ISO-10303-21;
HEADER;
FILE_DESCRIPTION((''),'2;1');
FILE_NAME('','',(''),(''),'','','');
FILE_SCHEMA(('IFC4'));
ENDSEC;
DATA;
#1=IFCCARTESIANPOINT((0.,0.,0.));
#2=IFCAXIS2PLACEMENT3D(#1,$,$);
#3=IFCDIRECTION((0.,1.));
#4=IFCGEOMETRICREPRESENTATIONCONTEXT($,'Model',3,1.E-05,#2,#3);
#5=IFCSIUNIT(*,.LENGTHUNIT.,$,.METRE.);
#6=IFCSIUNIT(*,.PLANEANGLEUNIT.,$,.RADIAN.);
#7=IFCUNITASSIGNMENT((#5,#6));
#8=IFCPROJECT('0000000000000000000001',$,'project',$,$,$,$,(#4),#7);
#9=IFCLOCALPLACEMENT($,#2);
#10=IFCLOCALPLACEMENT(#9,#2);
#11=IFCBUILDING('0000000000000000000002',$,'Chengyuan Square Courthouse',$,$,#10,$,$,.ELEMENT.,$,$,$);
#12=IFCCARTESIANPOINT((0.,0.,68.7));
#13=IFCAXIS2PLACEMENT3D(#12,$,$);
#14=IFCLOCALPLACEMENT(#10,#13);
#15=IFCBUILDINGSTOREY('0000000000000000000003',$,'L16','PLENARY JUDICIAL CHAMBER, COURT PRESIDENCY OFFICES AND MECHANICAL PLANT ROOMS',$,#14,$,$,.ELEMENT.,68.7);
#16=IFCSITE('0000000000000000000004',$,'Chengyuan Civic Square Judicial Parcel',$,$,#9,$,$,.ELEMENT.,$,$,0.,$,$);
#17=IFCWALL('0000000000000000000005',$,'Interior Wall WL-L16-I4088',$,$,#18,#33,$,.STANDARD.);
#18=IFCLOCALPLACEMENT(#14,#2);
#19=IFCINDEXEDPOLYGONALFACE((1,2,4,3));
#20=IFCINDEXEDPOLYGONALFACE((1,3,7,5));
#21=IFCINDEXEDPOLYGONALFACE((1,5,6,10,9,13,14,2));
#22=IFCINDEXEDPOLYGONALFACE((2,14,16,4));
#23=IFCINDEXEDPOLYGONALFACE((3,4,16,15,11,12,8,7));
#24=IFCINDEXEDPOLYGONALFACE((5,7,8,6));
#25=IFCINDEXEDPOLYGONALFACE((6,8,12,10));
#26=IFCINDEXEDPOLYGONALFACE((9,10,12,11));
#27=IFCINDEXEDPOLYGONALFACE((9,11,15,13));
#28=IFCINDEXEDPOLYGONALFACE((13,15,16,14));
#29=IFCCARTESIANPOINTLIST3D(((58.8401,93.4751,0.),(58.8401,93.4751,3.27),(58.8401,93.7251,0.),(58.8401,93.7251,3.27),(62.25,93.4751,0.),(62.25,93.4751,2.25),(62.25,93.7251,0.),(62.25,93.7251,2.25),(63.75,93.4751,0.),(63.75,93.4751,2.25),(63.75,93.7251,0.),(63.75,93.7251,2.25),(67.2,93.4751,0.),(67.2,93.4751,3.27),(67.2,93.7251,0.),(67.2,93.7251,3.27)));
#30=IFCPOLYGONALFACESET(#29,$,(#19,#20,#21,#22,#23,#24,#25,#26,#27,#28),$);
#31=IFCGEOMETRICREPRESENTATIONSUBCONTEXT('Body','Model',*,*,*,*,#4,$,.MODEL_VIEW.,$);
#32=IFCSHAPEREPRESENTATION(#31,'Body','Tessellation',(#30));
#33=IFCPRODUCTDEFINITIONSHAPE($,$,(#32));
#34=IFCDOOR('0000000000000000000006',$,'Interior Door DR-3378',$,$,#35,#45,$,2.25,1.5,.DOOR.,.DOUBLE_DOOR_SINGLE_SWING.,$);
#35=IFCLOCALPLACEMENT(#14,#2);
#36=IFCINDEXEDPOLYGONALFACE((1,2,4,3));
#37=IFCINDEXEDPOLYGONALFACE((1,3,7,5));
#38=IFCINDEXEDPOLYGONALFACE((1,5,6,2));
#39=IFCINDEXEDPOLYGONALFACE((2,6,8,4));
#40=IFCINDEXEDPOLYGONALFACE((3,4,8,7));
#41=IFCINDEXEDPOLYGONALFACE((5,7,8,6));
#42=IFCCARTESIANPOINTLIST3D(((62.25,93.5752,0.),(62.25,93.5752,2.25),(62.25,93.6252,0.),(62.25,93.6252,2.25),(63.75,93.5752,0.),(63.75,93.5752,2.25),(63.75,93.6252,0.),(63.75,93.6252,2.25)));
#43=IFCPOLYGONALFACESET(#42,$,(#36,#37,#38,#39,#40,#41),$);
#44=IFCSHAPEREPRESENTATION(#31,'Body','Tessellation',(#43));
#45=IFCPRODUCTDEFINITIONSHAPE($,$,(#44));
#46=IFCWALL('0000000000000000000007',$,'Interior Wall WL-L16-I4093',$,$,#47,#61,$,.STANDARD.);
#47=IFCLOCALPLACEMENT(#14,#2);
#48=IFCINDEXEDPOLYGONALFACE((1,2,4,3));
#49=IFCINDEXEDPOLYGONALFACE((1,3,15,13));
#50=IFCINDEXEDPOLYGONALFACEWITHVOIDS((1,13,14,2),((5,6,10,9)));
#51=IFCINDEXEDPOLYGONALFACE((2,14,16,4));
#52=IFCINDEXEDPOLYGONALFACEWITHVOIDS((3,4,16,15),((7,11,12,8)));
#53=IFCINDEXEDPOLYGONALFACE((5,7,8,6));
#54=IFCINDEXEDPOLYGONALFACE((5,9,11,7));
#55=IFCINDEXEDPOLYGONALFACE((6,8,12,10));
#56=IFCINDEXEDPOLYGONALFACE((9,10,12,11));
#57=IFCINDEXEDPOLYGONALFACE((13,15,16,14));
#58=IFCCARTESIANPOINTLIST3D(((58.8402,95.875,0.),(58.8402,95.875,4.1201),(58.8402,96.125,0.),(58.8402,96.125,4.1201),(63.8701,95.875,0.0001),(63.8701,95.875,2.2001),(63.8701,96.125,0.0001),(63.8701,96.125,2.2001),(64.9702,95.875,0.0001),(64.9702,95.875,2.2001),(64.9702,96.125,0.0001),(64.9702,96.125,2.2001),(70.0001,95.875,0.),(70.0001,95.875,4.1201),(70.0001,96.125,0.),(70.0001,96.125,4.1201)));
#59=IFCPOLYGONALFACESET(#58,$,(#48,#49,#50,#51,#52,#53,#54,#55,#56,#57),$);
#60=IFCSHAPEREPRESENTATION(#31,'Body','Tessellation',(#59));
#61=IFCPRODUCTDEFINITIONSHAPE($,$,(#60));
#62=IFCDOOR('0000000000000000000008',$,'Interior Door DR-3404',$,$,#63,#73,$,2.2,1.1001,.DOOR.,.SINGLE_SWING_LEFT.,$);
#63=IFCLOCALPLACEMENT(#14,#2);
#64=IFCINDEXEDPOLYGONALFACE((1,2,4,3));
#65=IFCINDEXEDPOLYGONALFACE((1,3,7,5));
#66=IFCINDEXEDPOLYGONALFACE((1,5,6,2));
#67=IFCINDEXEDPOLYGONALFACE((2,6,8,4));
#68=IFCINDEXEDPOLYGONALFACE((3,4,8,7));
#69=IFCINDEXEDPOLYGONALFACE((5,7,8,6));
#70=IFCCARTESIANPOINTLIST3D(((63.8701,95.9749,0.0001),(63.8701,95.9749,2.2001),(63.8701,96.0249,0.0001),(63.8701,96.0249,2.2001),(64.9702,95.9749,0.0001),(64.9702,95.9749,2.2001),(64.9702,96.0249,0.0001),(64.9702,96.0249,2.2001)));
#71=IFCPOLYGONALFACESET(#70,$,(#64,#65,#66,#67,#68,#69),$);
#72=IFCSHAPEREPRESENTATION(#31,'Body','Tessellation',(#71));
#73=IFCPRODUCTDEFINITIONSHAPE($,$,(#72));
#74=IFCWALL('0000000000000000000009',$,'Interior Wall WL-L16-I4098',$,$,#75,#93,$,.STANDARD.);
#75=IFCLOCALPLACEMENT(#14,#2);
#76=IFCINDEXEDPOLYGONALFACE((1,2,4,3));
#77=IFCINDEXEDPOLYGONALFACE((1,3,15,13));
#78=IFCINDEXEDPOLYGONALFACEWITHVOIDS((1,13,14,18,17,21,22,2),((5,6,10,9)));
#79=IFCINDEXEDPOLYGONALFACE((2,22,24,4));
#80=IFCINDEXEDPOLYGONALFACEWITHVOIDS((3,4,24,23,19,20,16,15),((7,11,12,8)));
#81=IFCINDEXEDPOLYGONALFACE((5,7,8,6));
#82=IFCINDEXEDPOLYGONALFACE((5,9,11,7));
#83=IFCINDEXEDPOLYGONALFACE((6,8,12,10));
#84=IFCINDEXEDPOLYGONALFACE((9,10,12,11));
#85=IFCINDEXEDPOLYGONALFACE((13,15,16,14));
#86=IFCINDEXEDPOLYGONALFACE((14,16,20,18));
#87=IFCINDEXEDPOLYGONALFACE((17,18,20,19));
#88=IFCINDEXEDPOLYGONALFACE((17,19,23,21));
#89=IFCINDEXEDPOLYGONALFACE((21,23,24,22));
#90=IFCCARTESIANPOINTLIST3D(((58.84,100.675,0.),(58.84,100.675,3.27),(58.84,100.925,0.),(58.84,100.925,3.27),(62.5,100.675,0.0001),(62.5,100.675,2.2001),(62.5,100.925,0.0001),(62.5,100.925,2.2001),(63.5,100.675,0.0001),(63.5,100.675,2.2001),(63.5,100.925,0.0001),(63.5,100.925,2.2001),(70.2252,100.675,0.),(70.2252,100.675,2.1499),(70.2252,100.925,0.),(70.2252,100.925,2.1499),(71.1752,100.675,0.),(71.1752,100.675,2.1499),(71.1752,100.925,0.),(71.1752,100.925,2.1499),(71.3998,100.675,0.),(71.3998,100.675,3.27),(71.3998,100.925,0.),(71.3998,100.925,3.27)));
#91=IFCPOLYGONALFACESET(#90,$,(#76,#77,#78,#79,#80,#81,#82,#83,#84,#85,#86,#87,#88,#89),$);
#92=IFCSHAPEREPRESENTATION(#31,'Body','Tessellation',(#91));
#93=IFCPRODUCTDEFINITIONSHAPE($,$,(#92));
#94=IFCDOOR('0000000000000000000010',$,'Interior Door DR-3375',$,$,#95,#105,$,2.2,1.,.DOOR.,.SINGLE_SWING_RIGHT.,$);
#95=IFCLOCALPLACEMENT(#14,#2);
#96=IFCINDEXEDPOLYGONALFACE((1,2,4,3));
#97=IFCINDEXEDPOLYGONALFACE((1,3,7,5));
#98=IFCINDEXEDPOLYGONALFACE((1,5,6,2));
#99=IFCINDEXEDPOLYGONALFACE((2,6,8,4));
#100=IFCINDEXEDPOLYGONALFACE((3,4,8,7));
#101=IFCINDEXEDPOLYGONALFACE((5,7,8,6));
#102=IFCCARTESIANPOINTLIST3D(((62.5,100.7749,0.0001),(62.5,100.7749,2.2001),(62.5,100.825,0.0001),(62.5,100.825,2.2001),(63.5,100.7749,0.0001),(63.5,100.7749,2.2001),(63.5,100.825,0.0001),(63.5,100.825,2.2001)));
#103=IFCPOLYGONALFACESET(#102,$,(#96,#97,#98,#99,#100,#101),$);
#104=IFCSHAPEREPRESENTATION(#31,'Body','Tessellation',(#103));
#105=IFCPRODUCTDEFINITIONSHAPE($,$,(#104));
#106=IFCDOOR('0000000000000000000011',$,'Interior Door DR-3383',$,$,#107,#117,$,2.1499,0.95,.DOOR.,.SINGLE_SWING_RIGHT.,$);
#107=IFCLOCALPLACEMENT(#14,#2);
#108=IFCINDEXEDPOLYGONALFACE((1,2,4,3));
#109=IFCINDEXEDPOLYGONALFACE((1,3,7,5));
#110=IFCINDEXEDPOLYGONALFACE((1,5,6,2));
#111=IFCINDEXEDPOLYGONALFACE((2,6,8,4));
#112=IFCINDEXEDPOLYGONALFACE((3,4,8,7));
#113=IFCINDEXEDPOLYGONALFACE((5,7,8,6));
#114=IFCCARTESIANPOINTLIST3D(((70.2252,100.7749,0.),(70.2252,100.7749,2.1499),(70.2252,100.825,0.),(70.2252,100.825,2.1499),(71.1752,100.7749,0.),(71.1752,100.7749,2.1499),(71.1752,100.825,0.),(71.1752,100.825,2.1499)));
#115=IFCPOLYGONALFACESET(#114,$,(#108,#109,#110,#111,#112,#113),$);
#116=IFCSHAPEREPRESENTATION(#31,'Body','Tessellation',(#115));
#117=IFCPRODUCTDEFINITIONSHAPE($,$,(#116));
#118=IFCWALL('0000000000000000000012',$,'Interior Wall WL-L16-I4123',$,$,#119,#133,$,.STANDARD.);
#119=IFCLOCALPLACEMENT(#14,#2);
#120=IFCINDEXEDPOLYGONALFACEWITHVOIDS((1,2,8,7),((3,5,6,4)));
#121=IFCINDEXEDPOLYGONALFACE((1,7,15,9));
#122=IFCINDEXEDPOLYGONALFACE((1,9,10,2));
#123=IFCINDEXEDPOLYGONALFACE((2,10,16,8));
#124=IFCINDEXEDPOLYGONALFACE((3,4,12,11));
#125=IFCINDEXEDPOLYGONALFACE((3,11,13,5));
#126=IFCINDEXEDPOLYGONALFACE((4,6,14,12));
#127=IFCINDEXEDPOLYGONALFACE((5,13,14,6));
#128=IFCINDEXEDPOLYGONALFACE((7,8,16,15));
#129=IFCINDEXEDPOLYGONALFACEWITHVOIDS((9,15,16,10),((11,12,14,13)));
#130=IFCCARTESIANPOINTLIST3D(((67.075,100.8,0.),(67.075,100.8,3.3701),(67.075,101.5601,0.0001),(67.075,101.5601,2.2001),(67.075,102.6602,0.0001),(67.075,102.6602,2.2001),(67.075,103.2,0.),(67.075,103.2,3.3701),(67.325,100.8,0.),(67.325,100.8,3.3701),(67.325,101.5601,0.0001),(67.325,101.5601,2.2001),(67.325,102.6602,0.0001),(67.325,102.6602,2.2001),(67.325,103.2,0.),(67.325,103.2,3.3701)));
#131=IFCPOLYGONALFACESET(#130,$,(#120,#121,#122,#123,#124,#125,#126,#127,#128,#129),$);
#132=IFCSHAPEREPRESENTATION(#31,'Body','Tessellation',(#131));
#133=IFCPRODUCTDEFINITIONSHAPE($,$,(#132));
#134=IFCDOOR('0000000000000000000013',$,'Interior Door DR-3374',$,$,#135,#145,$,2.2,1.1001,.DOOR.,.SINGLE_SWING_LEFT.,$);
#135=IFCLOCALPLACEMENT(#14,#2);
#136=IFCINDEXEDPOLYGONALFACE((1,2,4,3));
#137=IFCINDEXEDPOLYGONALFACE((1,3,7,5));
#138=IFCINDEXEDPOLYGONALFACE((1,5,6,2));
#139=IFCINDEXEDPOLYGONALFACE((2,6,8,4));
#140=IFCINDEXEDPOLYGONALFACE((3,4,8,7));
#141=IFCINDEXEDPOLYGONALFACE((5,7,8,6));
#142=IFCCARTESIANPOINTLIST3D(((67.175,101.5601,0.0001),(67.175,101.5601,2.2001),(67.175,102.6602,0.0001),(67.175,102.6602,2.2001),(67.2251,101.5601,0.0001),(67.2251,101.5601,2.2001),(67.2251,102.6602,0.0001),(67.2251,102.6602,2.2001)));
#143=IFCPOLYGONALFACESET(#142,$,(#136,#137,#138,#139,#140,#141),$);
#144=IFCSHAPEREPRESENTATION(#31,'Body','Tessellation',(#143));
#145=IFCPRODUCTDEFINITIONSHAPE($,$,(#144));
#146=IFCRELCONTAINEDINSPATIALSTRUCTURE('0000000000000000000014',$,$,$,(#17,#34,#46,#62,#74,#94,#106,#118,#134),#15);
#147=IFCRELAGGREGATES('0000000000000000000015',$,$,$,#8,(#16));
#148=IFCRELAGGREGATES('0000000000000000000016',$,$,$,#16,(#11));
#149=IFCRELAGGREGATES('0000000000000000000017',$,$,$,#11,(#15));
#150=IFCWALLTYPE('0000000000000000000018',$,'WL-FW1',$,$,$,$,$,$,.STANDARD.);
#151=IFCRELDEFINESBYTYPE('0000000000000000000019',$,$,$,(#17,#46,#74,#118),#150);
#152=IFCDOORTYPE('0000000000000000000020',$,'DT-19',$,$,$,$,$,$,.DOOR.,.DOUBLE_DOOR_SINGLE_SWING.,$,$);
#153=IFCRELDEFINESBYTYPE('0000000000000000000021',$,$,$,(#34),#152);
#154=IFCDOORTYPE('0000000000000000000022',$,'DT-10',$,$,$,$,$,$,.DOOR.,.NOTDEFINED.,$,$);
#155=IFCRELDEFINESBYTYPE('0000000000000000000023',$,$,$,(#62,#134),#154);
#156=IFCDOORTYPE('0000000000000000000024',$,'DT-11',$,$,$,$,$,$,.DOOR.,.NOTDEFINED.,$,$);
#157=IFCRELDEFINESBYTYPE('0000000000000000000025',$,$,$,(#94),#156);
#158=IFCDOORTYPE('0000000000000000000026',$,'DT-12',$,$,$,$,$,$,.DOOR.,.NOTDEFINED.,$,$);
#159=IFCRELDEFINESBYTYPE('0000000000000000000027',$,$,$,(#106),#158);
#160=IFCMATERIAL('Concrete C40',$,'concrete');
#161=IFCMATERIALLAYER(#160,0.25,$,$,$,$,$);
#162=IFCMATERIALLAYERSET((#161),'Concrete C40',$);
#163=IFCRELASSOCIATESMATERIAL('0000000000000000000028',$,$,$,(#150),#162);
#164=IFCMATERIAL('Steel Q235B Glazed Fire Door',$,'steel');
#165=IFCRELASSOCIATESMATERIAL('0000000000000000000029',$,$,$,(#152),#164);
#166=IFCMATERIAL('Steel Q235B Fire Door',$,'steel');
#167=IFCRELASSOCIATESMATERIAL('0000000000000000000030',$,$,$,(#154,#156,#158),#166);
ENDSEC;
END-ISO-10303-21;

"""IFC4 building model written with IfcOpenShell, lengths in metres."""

from ifc_helpers import new_model, si_unit, direction, frame, frame_2d, origin, place, context, subcontext, project, spatial, rectangle, extrude, material, layer, layer_set, type_object, element, fill, save


model = new_model("IFC4")

# Units and contexts
model_context = context("Model", 3, precision=1e-05, world=origin(), true_north=direction((0.0, 1.0)))
body_context = subcontext(model_context, "Body", "Model", "MODEL_VIEW")
ifc_project = project(units=[si_unit("LENGTHUNIT", "METRE"), si_unit("PLANEANGLEUNIT", "RADIAN")], contexts=[model_context])

# Site, building, storey
site_placement = place(None, origin())
site = spatial("IfcSite", under=ifc_project, at=site_placement, Name="Chengyuan Civic Square Judicial Parcel", CompositionType="ELEMENT", RefElevation=0.0)
building_placement = place(site_placement, origin())
building = spatial("IfcBuilding", under=site, at=building_placement, Name="Chengyuan Square Courthouse", CompositionType="ELEMENT")
storey_placement = place(building_placement, frame((0.0, 0.0, 68.7)))
storey = spatial("IfcBuildingStorey", under=building, at=storey_placement, Name="L16", Description="PLENARY JUDICIAL CHAMBER, COURT PRESIDENCY OFFICES AND MECHANICAL PLANT ROOMS", CompositionType="ELEMENT", Elevation=68.7)

# Shared definitions
ifc_material_1 = material(Name="Concrete C40", Category="concrete")

# Walls, openings, doors
ifc_layer_1 = layer(ifc_material_1, 0.25)
ifc_layer_set_1 = layer_set([ifc_layer_1], Name="Concrete C40")
wall_type_1 = type_object("IfcWallType", Name="WL-FW1", PredefinedType="STANDARD", material=ifc_layer_set_1)
wall_1_placement = place(storey_placement, frame((58.8401, 93.6001, 0.0), z_axis=(0.0, 0.0, 1.0), x_axis=(1.0, 0.0, 0.0)))
wall_1 = element("IfcWall", 1, at=wall_1_placement, inside=storey, type_object=wall_type_1, Name="Interior Wall WL-L16-I4088", PredefinedType="STANDARD", context=body_context, shape_type="SweptSolid", body=[
    extrude(rectangle(XDim=8.3599, YDim=0.25, at=frame_2d((4.1799, 0.0))), origin(), (0.0, 0.0, 1.0), 3.27),
])
opening_1_placement = place(wall_1_placement, frame((3.4099, 0.0, 0.0)))
opening_1 = element("IfcOpeningElement", 2, at=opening_1_placement, cuts=wall_1, PredefinedType="OPENING", context=body_context, shape_type="SweptSolid", body=[
    extrude(rectangle(XDim=1.5, YDim=2.25, at=frame_2d((0.75, 1.125))), frame((0.0, 0.137, 0.0), z_axis=(0.0, -1.0, 0.0), x_axis=(1.0, 0.0, 0.0)), (0.0, 0.0, 1.0), 0.2739),
])
ifc_material_2 = material(Name="Steel Q235B Glazed Fire Door", Category="steel")
door_type_1 = type_object("IfcDoorType", Name="DT-19", OperationType="DOUBLE_DOOR_SINGLE_SWING", PredefinedType="DOOR", material=ifc_material_2)
door_1_placement = place(opening_1_placement, frame((1.5, 0.0, 0.0), z_axis=(0.0, 0.0, 1.0), x_axis=(-1.0, 0.0, 0.0)))
door_1 = element("IfcDoor", 3, at=door_1_placement, inside=storey, type_object=door_type_1, Name="Interior Door DR-3378", OperationType="DOUBLE_DOOR_SINGLE_SWING", OverallHeight=2.25, OverallWidth=1.5, PredefinedType="DOOR", context=body_context, shape_type="SweptSolid", body=[
    extrude(rectangle(XDim=1.5, YDim=2.25, at=frame_2d((0.75, 1.125))), frame((0.0, 0.0249, 0.0), z_axis=(0.0, -1.0, 0.0), x_axis=(1.0, 0.0, 0.0)), (0.0, 0.0, 1.0), 0.05),
])
fill(opening_1, door_1)
wall_2_placement = place(storey_placement, frame((58.8401, 96.0, 0.0), z_axis=(0.0, 0.0, 1.0), x_axis=(1.0, 0.0, 0.0)))
wall_2 = element("IfcWall", 4, at=wall_2_placement, inside=storey, type_object=wall_type_1, Name="Interior Wall WL-L16-I4093", PredefinedType="STANDARD", context=body_context, shape_type="SweptSolid", body=[
    extrude(rectangle(XDim=11.1599, YDim=0.25, at=frame_2d((5.5801, 0.0))), origin(), (0.0, 0.0, 1.0), 4.1201),
])
opening_2_placement = place(wall_2_placement, frame((5.03, 0.0, 0.0)))
opening_2 = element("IfcOpeningElement", 5, at=opening_2_placement, cuts=wall_2, PredefinedType="OPENING", context=body_context, shape_type="SweptSolid", body=[
    extrude(rectangle(XDim=1.1001, YDim=2.2, at=frame_2d((0.55, 1.1001))), frame((0.0, 0.137, 0.0), z_axis=(0.0, -1.0, 0.0), x_axis=(1.0, 0.0, 0.0)), (0.0, 0.0, 1.0), 0.2739),
])
ifc_material_3 = material(Name="Steel Q235B Fire Door", Category="steel")
door_type_2 = type_object("IfcDoorType", Name="DT-10", OperationType="NOTDEFINED", PredefinedType="DOOR", material=ifc_material_3)
door_2_placement = place(opening_2_placement, origin())
door_2 = element("IfcDoor", 6, at=door_2_placement, inside=storey, type_object=door_type_2, Name="Interior Door DR-3404", OperationType="SINGLE_SWING_LEFT", OverallHeight=2.2, OverallWidth=1.1001, PredefinedType="DOOR", context=body_context, shape_type="SweptSolid", body=[
    extrude(rectangle(XDim=1.1001, YDim=2.2, at=frame_2d((0.55, 1.1001))), frame((0.0, 0.0249, 0.0), z_axis=(0.0, -1.0, 0.0), x_axis=(1.0, 0.0, 0.0)), (0.0, 0.0, 1.0), 0.05),
])
fill(opening_2, door_2)

# Wall, openings, doors
wall_3_placement = place(storey_placement, frame((58.8401, 100.8, 0.0), z_axis=(0.0, 0.0, 1.0), x_axis=(1.0, 0.0, 0.0)))
wall_3 = element("IfcWall", 7, at=wall_3_placement, inside=storey, type_object=wall_type_1, Name="Interior Wall WL-L16-I4098", PredefinedType="STANDARD", context=body_context, shape_type="SweptSolid", body=[
    extrude(rectangle(XDim=12.5598, YDim=0.25, at=frame_2d((6.2798, 0.0))), origin(), (0.0, 0.0, 1.0), 3.27),
])
opening_3_placement = place(wall_3_placement, frame((3.6599, 0.0, 0.0)))
opening_3 = element("IfcOpeningElement", 8, at=opening_3_placement, cuts=wall_3, PredefinedType="OPENING", context=body_context, shape_type="SweptSolid", body=[
    extrude(rectangle(XDim=1.0, YDim=2.2, at=frame_2d((0.5, 1.1001))), frame((0.0, 0.137, 0.0), z_axis=(0.0, -1.0, 0.0), x_axis=(1.0, 0.0, 0.0)), (0.0, 0.0, 1.0), 0.2739),
])
opening_4_placement = place(wall_3_placement, frame((11.385, 0.0, 0.0)))
opening_4 = element("IfcOpeningElement", 9, at=opening_4_placement, cuts=wall_3, PredefinedType="OPENING", context=body_context, shape_type="SweptSolid", body=[
    extrude(rectangle(XDim=0.95, YDim=2.1499, at=frame_2d((0.4751, 1.075))), frame((0.0, 0.137, 0.0), z_axis=(0.0, -1.0, 0.0), x_axis=(1.0, 0.0, 0.0)), (0.0, 0.0, 1.0), 0.2739),
])
door_type_3 = type_object("IfcDoorType", Name="DT-11", OperationType="NOTDEFINED", PredefinedType="DOOR", material=ifc_material_3)
door_3_placement = place(opening_3_placement, origin())
door_3 = element("IfcDoor", 10, at=door_3_placement, inside=storey, type_object=door_type_3, Name="Interior Door DR-3375", OperationType="SINGLE_SWING_RIGHT", OverallHeight=2.2, OverallWidth=1.0, PredefinedType="DOOR", context=body_context, shape_type="SweptSolid", body=[
    extrude(rectangle(XDim=1.0, YDim=2.2, at=frame_2d((0.5, 1.1001))), frame((0.0, 0.0249, 0.0), z_axis=(0.0, -1.0, 0.0), x_axis=(1.0, 0.0, 0.0)), (0.0, 0.0, 1.0), 0.05),
])
fill(opening_3, door_3)
door_type_4 = type_object("IfcDoorType", Name="DT-12", OperationType="NOTDEFINED", PredefinedType="DOOR", material=ifc_material_3)
door_4_placement = place(opening_4_placement, origin())
door_4 = element("IfcDoor", 11, at=door_4_placement, inside=storey, type_object=door_type_4, Name="Interior Door DR-3383", OperationType="SINGLE_SWING_RIGHT", OverallHeight=2.1499, OverallWidth=0.95, PredefinedType="DOOR", context=body_context, shape_type="SweptSolid", body=[
    extrude(rectangle(XDim=0.95, YDim=2.1499, at=frame_2d((0.4751, 1.075))), frame((0.0, 0.0249, 0.0), z_axis=(0.0, -1.0, 0.0), x_axis=(1.0, 0.0, 0.0)), (0.0, 0.0, 1.0), 0.05),
])
fill(opening_4, door_4)

# Wall, opening, door
wall_4_placement = place(storey_placement, frame((67.2, 100.8, 0.0), z_axis=(0.0, 0.0, 1.0), x_axis=(0.0, 1.0, 0.0)))
wall_4 = element("IfcWall", 12, at=wall_4_placement, inside=storey, type_object=wall_type_1, Name="Interior Wall WL-L16-I4123", PredefinedType="STANDARD", context=body_context, shape_type="SweptSolid", body=[
    extrude(rectangle(XDim=2.3999, YDim=0.25, at=frame_2d((1.2, 0.0))), origin(), (0.0, 0.0, 1.0), 3.3701),
])
opening_5_placement = place(wall_4_placement, frame((0.76, 0.0, 0.0)))
opening_5 = element("IfcOpeningElement", 13, at=opening_5_placement, cuts=wall_4, PredefinedType="OPENING", context=body_context, shape_type="SweptSolid", body=[
    extrude(rectangle(XDim=1.1001, YDim=2.2, at=frame_2d((0.55, 1.1001))), frame((0.0, 0.137, 0.0), z_axis=(0.0, -1.0, 0.0), x_axis=(1.0, 0.0, 0.0)), (0.0, 0.0, 1.0), 0.2739),
])
door_5_placement = place(opening_5_placement, origin())
door_5 = element("IfcDoor", 14, at=door_5_placement, inside=storey, type_object=door_type_2, Name="Interior Door DR-3374", OperationType="SINGLE_SWING_LEFT", OverallHeight=2.2, OverallWidth=1.1001, PredefinedType="DOOR", context=body_context, shape_type="SweptSolid", body=[
    extrude(rectangle(XDim=1.1001, YDim=2.2, at=frame_2d((0.55, 1.1001))), frame((0.0, 0.0249, 0.0), z_axis=(0.0, -1.0, 0.0), x_axis=(1.0, 0.0, 0.0)), (0.0, 0.0, 1.0), 0.05),
])
fill(opening_5, door_5)

save(model, "model.ifc")
